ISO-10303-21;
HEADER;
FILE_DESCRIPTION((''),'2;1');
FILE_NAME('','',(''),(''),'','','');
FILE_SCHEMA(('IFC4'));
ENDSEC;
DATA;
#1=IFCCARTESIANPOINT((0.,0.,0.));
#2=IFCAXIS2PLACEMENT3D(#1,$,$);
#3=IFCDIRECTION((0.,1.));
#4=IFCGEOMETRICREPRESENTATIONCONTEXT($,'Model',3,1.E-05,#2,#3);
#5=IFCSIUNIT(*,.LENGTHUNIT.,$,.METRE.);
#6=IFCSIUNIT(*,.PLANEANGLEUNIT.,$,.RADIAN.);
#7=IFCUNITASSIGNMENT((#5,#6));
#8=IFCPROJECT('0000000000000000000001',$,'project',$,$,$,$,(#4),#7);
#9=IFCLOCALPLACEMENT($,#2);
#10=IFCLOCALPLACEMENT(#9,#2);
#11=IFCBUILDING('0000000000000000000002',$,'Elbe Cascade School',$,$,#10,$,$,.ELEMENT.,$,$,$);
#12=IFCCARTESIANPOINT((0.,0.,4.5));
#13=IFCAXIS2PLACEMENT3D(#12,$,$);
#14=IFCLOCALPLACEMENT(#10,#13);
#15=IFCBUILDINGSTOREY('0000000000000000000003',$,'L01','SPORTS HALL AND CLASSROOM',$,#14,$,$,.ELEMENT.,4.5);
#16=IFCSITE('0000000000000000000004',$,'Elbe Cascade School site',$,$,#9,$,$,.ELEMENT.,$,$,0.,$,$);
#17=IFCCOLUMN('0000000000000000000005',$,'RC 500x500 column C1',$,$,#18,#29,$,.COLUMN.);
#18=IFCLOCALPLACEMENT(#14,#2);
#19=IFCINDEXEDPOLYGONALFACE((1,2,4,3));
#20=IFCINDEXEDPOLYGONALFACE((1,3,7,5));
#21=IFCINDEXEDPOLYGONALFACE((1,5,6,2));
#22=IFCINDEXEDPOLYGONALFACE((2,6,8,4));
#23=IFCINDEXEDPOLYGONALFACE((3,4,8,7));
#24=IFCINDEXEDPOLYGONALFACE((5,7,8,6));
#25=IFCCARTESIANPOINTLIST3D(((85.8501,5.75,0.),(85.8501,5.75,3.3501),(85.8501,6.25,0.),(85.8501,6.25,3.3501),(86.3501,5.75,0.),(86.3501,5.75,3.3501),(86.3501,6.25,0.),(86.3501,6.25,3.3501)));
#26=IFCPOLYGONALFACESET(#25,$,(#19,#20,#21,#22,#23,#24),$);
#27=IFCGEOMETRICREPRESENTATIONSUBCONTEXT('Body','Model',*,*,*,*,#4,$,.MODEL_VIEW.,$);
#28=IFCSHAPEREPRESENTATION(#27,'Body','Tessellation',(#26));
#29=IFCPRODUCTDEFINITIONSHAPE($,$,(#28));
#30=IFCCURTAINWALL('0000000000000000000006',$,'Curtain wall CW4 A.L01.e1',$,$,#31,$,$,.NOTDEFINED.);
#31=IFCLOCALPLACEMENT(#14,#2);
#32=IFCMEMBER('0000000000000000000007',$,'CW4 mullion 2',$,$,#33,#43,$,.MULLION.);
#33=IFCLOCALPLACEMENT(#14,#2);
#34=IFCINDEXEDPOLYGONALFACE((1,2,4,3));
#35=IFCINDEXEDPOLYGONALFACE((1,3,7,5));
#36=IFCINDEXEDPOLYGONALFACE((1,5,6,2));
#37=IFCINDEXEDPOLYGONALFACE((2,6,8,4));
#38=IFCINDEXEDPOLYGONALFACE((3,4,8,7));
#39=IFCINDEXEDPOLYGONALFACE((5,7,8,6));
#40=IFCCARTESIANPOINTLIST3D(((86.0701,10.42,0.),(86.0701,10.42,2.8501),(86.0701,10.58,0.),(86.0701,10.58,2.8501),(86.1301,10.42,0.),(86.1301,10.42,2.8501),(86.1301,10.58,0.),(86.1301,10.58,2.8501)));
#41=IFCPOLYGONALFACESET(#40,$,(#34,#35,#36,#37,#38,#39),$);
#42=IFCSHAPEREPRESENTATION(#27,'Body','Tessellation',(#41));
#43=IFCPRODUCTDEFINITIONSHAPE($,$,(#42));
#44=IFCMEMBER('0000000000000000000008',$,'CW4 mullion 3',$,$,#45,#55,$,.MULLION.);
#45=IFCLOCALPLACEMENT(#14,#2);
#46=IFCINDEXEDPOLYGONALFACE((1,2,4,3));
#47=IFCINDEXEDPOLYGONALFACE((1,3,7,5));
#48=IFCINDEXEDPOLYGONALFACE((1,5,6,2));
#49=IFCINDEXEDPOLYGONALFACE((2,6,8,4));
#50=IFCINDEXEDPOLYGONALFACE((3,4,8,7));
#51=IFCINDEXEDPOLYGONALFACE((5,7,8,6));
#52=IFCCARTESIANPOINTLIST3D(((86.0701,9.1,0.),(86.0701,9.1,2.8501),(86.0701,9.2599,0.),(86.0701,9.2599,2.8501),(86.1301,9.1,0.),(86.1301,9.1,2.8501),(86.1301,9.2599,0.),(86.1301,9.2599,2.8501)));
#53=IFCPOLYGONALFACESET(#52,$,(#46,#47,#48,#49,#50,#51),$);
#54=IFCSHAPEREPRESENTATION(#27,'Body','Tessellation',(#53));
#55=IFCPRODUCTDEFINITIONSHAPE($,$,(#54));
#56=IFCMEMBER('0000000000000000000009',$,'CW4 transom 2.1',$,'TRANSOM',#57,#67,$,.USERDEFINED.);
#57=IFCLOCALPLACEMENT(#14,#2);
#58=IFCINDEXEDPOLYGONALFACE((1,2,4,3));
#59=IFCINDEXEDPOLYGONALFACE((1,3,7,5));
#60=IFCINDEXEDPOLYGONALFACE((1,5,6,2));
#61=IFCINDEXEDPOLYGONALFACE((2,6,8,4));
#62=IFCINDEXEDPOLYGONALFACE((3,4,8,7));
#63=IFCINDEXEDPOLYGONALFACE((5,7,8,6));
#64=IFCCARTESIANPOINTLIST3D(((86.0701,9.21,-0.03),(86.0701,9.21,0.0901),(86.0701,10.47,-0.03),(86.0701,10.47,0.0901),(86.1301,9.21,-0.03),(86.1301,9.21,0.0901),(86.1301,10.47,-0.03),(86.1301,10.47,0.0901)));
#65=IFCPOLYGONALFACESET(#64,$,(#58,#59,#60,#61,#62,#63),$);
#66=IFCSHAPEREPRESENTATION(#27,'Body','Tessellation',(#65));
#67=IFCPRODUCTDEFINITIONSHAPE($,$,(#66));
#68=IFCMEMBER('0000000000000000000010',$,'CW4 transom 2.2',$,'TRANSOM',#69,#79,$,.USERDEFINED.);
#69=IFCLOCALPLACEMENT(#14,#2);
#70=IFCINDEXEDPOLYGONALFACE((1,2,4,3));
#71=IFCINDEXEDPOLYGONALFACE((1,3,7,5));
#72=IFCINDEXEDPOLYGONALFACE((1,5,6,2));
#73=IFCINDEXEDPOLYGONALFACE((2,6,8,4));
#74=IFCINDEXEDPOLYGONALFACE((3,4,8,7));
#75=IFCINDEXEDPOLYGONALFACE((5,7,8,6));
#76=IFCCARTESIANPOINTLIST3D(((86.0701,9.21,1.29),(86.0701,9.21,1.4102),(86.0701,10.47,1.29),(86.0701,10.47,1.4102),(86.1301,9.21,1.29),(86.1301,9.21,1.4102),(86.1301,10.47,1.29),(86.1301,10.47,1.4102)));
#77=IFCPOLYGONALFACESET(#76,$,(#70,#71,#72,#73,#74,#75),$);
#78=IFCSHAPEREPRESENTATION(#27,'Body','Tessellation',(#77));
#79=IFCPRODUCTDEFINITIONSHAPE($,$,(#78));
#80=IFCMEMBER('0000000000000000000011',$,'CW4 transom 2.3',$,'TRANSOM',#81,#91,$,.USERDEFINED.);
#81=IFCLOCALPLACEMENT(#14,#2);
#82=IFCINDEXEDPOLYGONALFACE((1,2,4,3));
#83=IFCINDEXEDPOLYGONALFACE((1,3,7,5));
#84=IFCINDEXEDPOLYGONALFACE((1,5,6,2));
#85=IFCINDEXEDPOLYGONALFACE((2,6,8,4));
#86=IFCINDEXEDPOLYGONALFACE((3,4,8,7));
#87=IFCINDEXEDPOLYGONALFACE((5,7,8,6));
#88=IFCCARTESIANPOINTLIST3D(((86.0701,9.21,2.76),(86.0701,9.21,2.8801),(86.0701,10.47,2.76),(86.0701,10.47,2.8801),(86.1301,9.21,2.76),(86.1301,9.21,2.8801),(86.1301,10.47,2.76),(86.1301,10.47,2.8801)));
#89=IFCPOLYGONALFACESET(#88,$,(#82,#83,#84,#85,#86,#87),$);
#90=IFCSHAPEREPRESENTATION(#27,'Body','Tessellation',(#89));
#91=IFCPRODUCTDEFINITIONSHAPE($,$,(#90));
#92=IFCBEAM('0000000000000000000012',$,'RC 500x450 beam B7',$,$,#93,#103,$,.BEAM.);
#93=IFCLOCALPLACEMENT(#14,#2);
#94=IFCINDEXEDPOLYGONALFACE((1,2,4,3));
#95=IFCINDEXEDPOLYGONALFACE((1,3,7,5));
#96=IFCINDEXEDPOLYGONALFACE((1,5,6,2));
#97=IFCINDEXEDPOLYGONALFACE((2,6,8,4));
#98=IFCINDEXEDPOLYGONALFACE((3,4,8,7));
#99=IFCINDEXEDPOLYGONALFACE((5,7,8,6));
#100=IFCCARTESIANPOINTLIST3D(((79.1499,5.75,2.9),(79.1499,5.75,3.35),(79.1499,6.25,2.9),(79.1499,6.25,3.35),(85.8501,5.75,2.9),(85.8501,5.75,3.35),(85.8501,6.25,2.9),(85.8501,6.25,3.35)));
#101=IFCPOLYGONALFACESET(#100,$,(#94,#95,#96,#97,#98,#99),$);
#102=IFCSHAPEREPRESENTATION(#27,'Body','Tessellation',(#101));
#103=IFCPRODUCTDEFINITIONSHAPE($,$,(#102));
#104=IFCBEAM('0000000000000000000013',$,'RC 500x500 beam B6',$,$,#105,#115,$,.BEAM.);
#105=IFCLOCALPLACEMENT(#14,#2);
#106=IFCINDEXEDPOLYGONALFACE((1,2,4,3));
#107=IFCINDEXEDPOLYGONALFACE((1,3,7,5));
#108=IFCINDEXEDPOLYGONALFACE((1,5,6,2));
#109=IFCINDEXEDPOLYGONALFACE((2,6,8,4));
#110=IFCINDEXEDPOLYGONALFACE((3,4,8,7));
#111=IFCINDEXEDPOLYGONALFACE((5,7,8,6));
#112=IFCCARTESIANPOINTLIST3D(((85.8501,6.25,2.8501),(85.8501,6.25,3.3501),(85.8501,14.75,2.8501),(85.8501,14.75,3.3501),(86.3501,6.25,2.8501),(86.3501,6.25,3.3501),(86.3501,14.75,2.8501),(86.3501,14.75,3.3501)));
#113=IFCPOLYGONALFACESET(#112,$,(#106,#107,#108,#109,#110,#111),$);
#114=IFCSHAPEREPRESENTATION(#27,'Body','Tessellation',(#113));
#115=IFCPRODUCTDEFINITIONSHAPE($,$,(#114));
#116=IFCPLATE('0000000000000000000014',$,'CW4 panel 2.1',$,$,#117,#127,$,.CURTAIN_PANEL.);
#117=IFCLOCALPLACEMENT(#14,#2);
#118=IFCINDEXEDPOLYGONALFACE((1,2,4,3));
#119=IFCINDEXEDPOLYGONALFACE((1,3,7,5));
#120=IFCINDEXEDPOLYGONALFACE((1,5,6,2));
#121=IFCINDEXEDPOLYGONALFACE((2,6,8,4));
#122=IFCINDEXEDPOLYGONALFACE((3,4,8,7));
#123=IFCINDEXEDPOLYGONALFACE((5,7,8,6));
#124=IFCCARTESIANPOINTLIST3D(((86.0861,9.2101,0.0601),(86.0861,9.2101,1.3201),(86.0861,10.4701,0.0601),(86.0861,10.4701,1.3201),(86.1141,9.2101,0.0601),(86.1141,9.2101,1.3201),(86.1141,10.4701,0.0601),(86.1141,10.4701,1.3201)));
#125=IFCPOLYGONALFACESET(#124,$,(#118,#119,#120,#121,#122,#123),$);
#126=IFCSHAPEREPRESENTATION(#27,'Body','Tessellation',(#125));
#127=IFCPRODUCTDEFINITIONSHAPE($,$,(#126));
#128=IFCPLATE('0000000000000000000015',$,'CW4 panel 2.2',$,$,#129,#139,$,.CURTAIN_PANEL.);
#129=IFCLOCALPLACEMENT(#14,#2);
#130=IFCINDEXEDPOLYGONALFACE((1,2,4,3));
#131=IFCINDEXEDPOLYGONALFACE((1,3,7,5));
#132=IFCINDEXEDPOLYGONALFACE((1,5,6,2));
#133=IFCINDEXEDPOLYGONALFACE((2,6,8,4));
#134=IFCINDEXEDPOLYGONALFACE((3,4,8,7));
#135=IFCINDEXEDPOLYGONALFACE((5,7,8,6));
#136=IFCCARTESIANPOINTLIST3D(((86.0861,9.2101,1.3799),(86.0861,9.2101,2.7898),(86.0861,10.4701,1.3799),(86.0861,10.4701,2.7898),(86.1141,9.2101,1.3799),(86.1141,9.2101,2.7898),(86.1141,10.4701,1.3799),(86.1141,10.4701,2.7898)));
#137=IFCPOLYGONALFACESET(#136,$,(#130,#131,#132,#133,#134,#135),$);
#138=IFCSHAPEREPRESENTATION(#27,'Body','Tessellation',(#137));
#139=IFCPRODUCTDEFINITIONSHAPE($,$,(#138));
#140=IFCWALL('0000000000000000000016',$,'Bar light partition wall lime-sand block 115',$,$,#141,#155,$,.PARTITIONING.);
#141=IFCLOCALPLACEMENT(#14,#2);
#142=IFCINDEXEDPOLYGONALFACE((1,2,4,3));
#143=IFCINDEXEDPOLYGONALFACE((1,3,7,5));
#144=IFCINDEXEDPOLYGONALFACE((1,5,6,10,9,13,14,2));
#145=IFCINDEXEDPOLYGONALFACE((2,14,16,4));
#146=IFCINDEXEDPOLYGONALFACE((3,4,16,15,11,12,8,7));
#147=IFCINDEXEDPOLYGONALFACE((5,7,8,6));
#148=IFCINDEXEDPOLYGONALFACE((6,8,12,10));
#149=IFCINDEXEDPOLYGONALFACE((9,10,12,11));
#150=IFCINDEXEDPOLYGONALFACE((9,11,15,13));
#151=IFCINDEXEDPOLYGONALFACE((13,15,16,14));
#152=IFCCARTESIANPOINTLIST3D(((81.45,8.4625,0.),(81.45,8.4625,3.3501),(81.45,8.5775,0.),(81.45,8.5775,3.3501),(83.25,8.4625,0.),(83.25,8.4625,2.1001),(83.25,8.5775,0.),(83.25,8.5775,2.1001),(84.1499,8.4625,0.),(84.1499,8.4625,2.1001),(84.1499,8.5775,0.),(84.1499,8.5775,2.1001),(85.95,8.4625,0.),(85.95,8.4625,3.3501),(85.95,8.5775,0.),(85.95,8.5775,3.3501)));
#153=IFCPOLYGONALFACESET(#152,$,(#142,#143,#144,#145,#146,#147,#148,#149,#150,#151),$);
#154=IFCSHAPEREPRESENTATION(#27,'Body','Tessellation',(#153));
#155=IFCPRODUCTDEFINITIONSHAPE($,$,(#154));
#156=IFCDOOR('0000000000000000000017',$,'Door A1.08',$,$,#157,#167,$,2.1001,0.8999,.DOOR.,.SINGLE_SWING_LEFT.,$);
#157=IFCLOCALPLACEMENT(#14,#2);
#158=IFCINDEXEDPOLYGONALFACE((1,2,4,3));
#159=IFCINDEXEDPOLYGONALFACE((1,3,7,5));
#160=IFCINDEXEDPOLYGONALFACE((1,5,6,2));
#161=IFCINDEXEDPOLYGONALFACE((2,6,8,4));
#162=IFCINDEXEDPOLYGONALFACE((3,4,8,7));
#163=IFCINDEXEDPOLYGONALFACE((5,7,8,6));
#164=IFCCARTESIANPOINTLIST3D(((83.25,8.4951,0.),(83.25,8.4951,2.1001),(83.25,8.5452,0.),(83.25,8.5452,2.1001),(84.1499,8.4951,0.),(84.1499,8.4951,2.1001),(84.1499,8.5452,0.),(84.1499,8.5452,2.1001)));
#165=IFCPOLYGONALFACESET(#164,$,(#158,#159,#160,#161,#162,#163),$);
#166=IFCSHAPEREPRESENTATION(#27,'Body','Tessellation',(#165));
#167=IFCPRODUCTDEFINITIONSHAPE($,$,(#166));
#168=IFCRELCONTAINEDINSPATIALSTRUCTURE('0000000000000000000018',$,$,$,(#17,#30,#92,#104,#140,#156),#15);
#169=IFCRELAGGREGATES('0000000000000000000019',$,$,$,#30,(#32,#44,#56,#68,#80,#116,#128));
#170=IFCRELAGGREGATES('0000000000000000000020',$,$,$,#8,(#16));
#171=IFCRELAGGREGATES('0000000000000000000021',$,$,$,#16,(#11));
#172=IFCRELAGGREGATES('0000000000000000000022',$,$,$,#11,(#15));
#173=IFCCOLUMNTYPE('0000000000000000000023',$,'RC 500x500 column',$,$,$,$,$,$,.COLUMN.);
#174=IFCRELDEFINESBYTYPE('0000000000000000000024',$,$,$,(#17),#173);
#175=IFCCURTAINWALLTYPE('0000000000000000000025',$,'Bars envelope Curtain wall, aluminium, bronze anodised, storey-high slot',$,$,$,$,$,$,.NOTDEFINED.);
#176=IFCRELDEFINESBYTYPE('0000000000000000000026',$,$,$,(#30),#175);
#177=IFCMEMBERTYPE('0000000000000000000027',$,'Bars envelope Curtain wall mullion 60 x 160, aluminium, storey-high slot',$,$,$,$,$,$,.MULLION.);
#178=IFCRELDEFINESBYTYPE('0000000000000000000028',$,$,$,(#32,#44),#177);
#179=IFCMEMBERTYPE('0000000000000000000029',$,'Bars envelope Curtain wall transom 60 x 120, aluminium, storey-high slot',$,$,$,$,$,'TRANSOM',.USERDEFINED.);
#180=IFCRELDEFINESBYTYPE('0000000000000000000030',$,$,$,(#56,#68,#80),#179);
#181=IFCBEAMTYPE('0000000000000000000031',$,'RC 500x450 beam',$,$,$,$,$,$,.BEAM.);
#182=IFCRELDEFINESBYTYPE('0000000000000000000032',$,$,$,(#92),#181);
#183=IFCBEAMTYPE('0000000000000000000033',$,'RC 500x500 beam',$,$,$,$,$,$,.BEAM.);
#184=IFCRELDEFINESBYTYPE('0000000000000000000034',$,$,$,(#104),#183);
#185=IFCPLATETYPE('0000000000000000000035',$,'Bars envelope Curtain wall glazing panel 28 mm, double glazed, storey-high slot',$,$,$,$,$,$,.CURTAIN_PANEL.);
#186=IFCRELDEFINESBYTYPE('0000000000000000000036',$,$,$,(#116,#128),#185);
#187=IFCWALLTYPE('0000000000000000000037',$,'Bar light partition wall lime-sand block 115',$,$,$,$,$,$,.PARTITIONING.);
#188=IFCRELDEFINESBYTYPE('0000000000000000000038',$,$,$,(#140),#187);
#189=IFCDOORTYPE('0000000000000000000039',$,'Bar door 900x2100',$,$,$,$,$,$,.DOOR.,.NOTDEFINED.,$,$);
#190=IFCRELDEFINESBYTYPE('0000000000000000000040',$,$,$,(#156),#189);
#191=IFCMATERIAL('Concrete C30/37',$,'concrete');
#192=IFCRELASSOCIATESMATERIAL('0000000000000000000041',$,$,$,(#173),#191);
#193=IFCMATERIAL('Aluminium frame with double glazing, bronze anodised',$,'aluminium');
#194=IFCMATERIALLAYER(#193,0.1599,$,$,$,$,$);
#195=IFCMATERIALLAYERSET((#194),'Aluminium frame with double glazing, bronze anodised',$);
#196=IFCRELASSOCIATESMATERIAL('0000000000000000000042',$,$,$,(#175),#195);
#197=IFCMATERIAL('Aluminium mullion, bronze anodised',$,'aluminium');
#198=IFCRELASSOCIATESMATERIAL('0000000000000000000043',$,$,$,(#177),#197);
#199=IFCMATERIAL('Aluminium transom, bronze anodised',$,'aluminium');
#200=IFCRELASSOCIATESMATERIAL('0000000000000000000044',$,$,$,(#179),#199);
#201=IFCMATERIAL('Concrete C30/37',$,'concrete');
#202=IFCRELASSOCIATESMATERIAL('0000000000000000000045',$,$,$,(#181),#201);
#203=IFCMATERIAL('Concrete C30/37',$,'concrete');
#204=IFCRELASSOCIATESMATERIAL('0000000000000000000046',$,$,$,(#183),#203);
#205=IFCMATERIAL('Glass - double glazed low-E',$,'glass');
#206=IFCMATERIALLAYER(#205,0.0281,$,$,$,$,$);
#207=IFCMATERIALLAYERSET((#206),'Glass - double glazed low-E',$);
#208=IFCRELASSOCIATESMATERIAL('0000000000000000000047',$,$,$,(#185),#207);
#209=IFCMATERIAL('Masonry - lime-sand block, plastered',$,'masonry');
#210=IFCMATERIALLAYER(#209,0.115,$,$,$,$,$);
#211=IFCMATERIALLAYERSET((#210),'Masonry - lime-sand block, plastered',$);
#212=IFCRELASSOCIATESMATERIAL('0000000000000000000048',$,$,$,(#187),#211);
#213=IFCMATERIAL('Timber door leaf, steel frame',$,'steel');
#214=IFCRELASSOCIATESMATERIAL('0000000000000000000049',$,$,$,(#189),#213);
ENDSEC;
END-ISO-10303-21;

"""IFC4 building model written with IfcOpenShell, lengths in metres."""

from ifc_helpers import new_model, si_unit, direction, frame, frame_2d, origin, origin_2d, place, context, subcontext, project, spatial, rectangle, extrude, material, layer, layer_set, material_profile, profile_set, type_object, element, fill, aggregate, save


model = new_model("IFC4")

# Units and contexts
model_context = context("Model", 3, precision=1e-05, world=origin(), true_north=direction((0.0, 1.0)))
body_context = subcontext(model_context, "Body", "Model", "MODEL_VIEW")
ifc_project = project(units=[si_unit("LENGTHUNIT", "METRE"), si_unit("PLANEANGLEUNIT", "RADIAN")], contexts=[model_context])

# Site, building, storey
site_placement = place(None, origin())
site = spatial("IfcSite", under=ifc_project, at=site_placement, Name="Elbe Cascade School site", CompositionType="ELEMENT", RefElevation=0.0)
building_placement = place(site_placement, origin())
building = spatial("IfcBuilding", under=site, at=building_placement, Name="Elbe Cascade School", CompositionType="ELEMENT")
storey_placement = place(building_placement, frame((0.0, 0.0, 4.5)))
storey = spatial("IfcBuildingStorey", under=building, at=storey_placement, Name="L01", Description="SPORTS HALL AND CLASSROOM", CompositionType="ELEMENT", Elevation=4.5)

# Column
ifc_material_1 = material(Name="Concrete C30/37", Category="concrete")
ifc_material_profile_1 = material_profile(ifc_material_1, rectangle(XDim=0.5, YDim=0.5, at=origin_2d()), Name="RC 500x500")
ifc_profile_set_1 = profile_set([ifc_material_profile_1], Name="Concrete C30/37")
column_type = type_object("IfcColumnType", Name="RC 500x500 column", PredefinedType="COLUMN", material=ifc_profile_set_1)
column_placement = place(storey_placement, frame((86.1001, 6.0, 0.0), z_axis=(0.0, 0.0, 1.0), x_axis=(1.0, 0.0, 0.0)))
element("IfcColumn", 1, at=column_placement, inside=storey, type_object=column_type, Name="RC 500x500 column C1", PredefinedType="COLUMN", context=body_context, shape_type="SweptSolid", body=[
    extrude(rectangle(XDim=0.5, YDim=0.5, at=origin_2d()), origin(), (0.0, 0.0, 1.0), 3.3501),
])

# Curtain wall, members
ifc_material_2 = material(Name="Aluminium frame with double glazing, bronze anodised", Category="aluminium")
ifc_layer_1 = layer(ifc_material_2, 0.1599)
ifc_layer_set_1 = layer_set([ifc_layer_1], Name="Aluminium frame with double glazing, bronze anodised")
curtain_wall_type = type_object("IfcCurtainWallType", Name="Bars envelope Curtain wall, aluminium, bronze anodised, storey-high slot", PredefinedType="NOTDEFINED", material=ifc_layer_set_1)
curtain_wall_placement = place(storey_placement, origin())
curtain_wall = element("IfcCurtainWall", 2, at=curtain_wall_placement, inside=storey, type_object=curtain_wall_type, Name="Curtain wall CW4 A.L01.e1", PredefinedType="NOTDEFINED")
ifc_material_3 = material(Name="Aluminium mullion, bronze anodised", Category="aluminium")
ifc_material_profile_2 = material_profile(ifc_material_3, rectangle(XDim=0.0601, YDim=0.1599, at=origin_2d()), Name="Bars envelope Curtain wall mullion 60 x 160, aluminium, storey-high slot")
ifc_profile_set_2 = profile_set([ifc_material_profile_2], Name="Aluminium mullion, bronze anodised")
member_type_1 = type_object("IfcMemberType", Name="Bars envelope Curtain wall mullion 60 x 160, aluminium, storey-high slot", PredefinedType="MULLION", material=ifc_profile_set_2)
member_1_placement = place(storey_placement, frame((86.1001, 10.5, 0.0), z_axis=(0.0, 0.0, 1.0), x_axis=(1.0, 0.0, 0.0)))
member_1 = element("IfcMember", 3, at=member_1_placement, type_object=member_type_1, Name="CW4 mullion 2", PredefinedType="MULLION", context=body_context, shape_type="SweptSolid", body=[
    extrude(rectangle(XDim=0.0601, YDim=0.1599, at=origin_2d()), origin(), (0.0, 0.0, 1.0), 2.8501),
])
member_2_placement = place(storey_placement, frame((86.1001, 9.1799, 0.0), z_axis=(0.0, 0.0, 1.0), x_axis=(1.0, 0.0, 0.0)))
member_2 = element("IfcMember", 4, at=member_2_placement, type_object=member_type_1, Name="CW4 mullion 3", PredefinedType="MULLION", context=body_context, shape_type="SweptSolid", body=[
    extrude(rectangle(XDim=0.0601, YDim=0.1599, at=origin_2d()), origin(), (0.0, 0.0, 1.0), 2.8501),
])
ifc_material_4 = material(Name="Aluminium transom, bronze anodised", Category="aluminium")
ifc_material_profile_3 = material_profile(ifc_material_4, rectangle(XDim=0.0601, YDim=0.1201, at=origin_2d()), Name="Bars envelope Curtain wall transom 60 x 120, aluminium, storey-high slot")
ifc_profile_set_3 = profile_set([ifc_material_profile_3], Name="Aluminium transom, bronze anodised")
member_type_2 = type_object("IfcMemberType", Name="Bars envelope Curtain wall transom 60 x 120, aluminium, storey-high slot", ElementType="TRANSOM", PredefinedType="USERDEFINED", material=ifc_profile_set_3)
member_3_placement = place(storey_placement, frame((86.1001, 10.47, 0.03), z_axis=(0.0, -1.0, 0.0), x_axis=(1.0, 0.0, 0.0)))
member_3 = element("IfcMember", 5, at=member_3_placement, type_object=member_type_2, Name="CW4 transom 2.1", ObjectType="TRANSOM", PredefinedType="USERDEFINED", context=body_context, shape_type="SweptSolid", body=[
    extrude(rectangle(XDim=0.0601, YDim=0.1201, at=origin_2d()), origin(), (0.0, 0.0, 1.0), 1.26),
])
member_4_placement = place(storey_placement, frame((86.1001, 10.47, 1.3501), z_axis=(0.0, -1.0, 0.0), x_axis=(1.0, 0.0, 0.0)))
member_4 = element("IfcMember", 6, at=member_4_placement, type_object=member_type_2, Name="CW4 transom 2.2", ObjectType="TRANSOM", PredefinedType="USERDEFINED", context=body_context, shape_type="SweptSolid", body=[
    extrude(rectangle(XDim=0.0601, YDim=0.1201, at=origin_2d()), origin(), (0.0, 0.0, 1.0), 1.26),
])
member_5_placement = place(storey_placement, frame((86.1001, 10.47, 2.8201), z_axis=(0.0, -1.0, 0.0), x_axis=(1.0, 0.0, 0.0)))
member_5 = element("IfcMember", 7, at=member_5_placement, type_object=member_type_2, Name="CW4 transom 2.3", ObjectType="TRANSOM", PredefinedType="USERDEFINED", context=body_context, shape_type="SweptSolid", body=[
    extrude(rectangle(XDim=0.0601, YDim=0.1201, at=origin_2d()), origin(), (0.0, 0.0, 1.0), 1.26),
])

# Beams
ifc_material_5 = material(Name="Concrete C30/37", Category="concrete")
ifc_material_profile_4 = material_profile(ifc_material_5, rectangle(XDim=0.5, YDim=0.45, at=origin_2d()), Name="RC 500x450")
ifc_profile_set_4 = profile_set([ifc_material_profile_4], Name="Concrete C30/37")
beam_type_1 = type_object("IfcBeamType", Name="RC 500x450 beam", PredefinedType="BEAM", material=ifc_profile_set_4)
beam_1_placement = place(storey_placement, frame((79.1499, 6.0, 3.125), z_axis=(1.0, 0.0, 0.0), x_axis=(0.0, 1.0, 0.0)))
element("IfcBeam", 8, at=beam_1_placement, inside=storey, type_object=beam_type_1, Name="RC 500x450 beam B7", PredefinedType="BEAM", context=body_context, shape_type="SweptSolid", body=[
    extrude(rectangle(XDim=0.5, YDim=0.45, at=origin_2d()), origin(), (0.0, 0.0, 1.0), 6.7002),
])
ifc_material_6 = material(Name="Concrete C30/37", Category="concrete")
ifc_material_profile_5 = material_profile(ifc_material_6, rectangle(XDim=0.5, YDim=0.5, at=origin_2d()), Name="RC 500x500")
ifc_profile_set_5 = profile_set([ifc_material_profile_5], Name="Concrete C30/37")
beam_type_2 = type_object("IfcBeamType", Name="RC 500x500 beam", PredefinedType="BEAM", material=ifc_profile_set_5)
beam_2_placement = place(storey_placement, frame((86.1001, 6.25, 3.1001), z_axis=(0.0, 1.0, 0.0), x_axis=(-1.0, 0.0, 0.0)))
element("IfcBeam", 9, at=beam_2_placement, inside=storey, type_object=beam_type_2, Name="RC 500x500 beam B6", PredefinedType="BEAM", context=body_context, shape_type="SweptSolid", body=[
    extrude(rectangle(XDim=0.5, YDim=0.5, at=origin_2d()), origin(), (0.0, 0.0, 1.0), 8.5),
])

# Plates
ifc_material_7 = material(Name="Glass - double glazed low-E", Category="glass")
ifc_layer_2 = layer(ifc_material_7, 0.0281)
ifc_layer_set_2 = layer_set([ifc_layer_2], Name="Glass - double glazed low-E")
plate_type = type_object("IfcPlateType", Name="Bars envelope Curtain wall glazing panel 28 mm, double glazed, storey-high slot", PredefinedType="CURTAIN_PANEL", material=ifc_layer_set_2)
plate_1_placement = place(storey_placement, frame((86.1001, 9.8401, 0.0601), z_axis=(0.0, 0.0, 1.0), x_axis=(0.0, -1.0, 0.0)))
plate_1 = element("IfcPlate", 10, at=plate_1_placement, type_object=plate_type, Name="CW4 panel 2.1", PredefinedType="CURTAIN_PANEL", context=body_context, shape_type="SweptSolid", body=[
    extrude(rectangle(XDim=1.26, YDim=0.0281, at=origin_2d()), origin(), (0.0, 0.0, 1.0), 1.26),
])
plate_2_placement = place(storey_placement, frame((86.1001, 9.8401, 1.3799), z_axis=(0.0, 0.0, 1.0), x_axis=(0.0, -1.0, 0.0)))
plate_2 = element("IfcPlate", 11, at=plate_2_placement, type_object=plate_type, Name="CW4 panel 2.2", PredefinedType="CURTAIN_PANEL", context=body_context, shape_type="SweptSolid", body=[
    extrude(rectangle(XDim=1.26, YDim=0.0281, at=origin_2d()), origin(), (0.0, 0.0, 1.0), 1.4099),
])
aggregate(curtain_wall, [member_1, member_2, member_3, member_4, member_5, plate_1, plate_2])

# Wall, opening, door
ifc_material_8 = material(Name="Masonry - lime-sand block, plastered", Category="masonry")
ifc_layer_3 = layer(ifc_material_8, 0.115)
ifc_layer_set_3 = layer_set([ifc_layer_3], Name="Masonry - lime-sand block, plastered")
wall_type_1 = type_object("IfcWallType", Name="Bar light partition wall lime-sand block 115", PredefinedType="PARTITIONING", material=ifc_layer_set_3)
wall_1_placement = place(storey_placement, frame((85.95, 8.52, 0.0), z_axis=(0.0, 0.0, 1.0), x_axis=(-1.0, 0.0, 0.0)))
wall_1 = element("IfcWall", 12, at=wall_1_placement, inside=storey, type_object=wall_type_1, Name="Bar light partition wall lime-sand block 115", PredefinedType="PARTITIONING", context=body_context, shape_type="SweptSolid", body=[
    extrude(rectangle(XDim=4.5, YDim=0.115, at=frame_2d((2.25, 0.0))), origin(), (0.0, 0.0, 1.0), 3.3501),
])
opening_1_placement = place(wall_1_placement, frame((1.8, 0.0, 0.0)))
opening_1 = element("IfcOpeningElement", 13, at=opening_1_placement, cuts=wall_1, PredefinedType="OPENING", context=body_context, shape_type="SweptSolid", body=[
    extrude(rectangle(XDim=0.8999, YDim=2.1001, at=frame_2d((0.45, 1.05))), frame((0.0, 0.0674, 0.0), z_axis=(0.0, -1.0, 0.0), x_axis=(1.0, 0.0, 0.0)), (0.0, 0.0, 1.0), 0.135),
])
ifc_material_9 = material(Name="Timber door leaf, steel frame", Category="steel")
door_type_1 = type_object("IfcDoorType", Name="Bar door 900x2100", OperationType="NOTDEFINED", PredefinedType="DOOR", material=ifc_material_9)
door_1_placement = place(opening_1_placement, origin())
door_1 = element("IfcDoor", 14, at=door_1_placement, inside=storey, type_object=door_type_1, Name="Door A1.08", OperationType="SINGLE_SWING_LEFT", OverallHeight=2.1001, OverallWidth=0.8999, PredefinedType="DOOR", context=body_context, shape_type="SweptSolid", body=[
    extrude(rectangle(XDim=0.8999, YDim=2.1001, at=frame_2d((0.45, 1.05))), frame((0.0, 0.0249, 0.0), z_axis=(0.0, -1.0, 0.0), x_axis=(1.0, 0.0, 0.0)), (0.0, 0.0, 1.0), 0.05),
])
fill(opening_1, door_1)

save(model, "model.ifc")
